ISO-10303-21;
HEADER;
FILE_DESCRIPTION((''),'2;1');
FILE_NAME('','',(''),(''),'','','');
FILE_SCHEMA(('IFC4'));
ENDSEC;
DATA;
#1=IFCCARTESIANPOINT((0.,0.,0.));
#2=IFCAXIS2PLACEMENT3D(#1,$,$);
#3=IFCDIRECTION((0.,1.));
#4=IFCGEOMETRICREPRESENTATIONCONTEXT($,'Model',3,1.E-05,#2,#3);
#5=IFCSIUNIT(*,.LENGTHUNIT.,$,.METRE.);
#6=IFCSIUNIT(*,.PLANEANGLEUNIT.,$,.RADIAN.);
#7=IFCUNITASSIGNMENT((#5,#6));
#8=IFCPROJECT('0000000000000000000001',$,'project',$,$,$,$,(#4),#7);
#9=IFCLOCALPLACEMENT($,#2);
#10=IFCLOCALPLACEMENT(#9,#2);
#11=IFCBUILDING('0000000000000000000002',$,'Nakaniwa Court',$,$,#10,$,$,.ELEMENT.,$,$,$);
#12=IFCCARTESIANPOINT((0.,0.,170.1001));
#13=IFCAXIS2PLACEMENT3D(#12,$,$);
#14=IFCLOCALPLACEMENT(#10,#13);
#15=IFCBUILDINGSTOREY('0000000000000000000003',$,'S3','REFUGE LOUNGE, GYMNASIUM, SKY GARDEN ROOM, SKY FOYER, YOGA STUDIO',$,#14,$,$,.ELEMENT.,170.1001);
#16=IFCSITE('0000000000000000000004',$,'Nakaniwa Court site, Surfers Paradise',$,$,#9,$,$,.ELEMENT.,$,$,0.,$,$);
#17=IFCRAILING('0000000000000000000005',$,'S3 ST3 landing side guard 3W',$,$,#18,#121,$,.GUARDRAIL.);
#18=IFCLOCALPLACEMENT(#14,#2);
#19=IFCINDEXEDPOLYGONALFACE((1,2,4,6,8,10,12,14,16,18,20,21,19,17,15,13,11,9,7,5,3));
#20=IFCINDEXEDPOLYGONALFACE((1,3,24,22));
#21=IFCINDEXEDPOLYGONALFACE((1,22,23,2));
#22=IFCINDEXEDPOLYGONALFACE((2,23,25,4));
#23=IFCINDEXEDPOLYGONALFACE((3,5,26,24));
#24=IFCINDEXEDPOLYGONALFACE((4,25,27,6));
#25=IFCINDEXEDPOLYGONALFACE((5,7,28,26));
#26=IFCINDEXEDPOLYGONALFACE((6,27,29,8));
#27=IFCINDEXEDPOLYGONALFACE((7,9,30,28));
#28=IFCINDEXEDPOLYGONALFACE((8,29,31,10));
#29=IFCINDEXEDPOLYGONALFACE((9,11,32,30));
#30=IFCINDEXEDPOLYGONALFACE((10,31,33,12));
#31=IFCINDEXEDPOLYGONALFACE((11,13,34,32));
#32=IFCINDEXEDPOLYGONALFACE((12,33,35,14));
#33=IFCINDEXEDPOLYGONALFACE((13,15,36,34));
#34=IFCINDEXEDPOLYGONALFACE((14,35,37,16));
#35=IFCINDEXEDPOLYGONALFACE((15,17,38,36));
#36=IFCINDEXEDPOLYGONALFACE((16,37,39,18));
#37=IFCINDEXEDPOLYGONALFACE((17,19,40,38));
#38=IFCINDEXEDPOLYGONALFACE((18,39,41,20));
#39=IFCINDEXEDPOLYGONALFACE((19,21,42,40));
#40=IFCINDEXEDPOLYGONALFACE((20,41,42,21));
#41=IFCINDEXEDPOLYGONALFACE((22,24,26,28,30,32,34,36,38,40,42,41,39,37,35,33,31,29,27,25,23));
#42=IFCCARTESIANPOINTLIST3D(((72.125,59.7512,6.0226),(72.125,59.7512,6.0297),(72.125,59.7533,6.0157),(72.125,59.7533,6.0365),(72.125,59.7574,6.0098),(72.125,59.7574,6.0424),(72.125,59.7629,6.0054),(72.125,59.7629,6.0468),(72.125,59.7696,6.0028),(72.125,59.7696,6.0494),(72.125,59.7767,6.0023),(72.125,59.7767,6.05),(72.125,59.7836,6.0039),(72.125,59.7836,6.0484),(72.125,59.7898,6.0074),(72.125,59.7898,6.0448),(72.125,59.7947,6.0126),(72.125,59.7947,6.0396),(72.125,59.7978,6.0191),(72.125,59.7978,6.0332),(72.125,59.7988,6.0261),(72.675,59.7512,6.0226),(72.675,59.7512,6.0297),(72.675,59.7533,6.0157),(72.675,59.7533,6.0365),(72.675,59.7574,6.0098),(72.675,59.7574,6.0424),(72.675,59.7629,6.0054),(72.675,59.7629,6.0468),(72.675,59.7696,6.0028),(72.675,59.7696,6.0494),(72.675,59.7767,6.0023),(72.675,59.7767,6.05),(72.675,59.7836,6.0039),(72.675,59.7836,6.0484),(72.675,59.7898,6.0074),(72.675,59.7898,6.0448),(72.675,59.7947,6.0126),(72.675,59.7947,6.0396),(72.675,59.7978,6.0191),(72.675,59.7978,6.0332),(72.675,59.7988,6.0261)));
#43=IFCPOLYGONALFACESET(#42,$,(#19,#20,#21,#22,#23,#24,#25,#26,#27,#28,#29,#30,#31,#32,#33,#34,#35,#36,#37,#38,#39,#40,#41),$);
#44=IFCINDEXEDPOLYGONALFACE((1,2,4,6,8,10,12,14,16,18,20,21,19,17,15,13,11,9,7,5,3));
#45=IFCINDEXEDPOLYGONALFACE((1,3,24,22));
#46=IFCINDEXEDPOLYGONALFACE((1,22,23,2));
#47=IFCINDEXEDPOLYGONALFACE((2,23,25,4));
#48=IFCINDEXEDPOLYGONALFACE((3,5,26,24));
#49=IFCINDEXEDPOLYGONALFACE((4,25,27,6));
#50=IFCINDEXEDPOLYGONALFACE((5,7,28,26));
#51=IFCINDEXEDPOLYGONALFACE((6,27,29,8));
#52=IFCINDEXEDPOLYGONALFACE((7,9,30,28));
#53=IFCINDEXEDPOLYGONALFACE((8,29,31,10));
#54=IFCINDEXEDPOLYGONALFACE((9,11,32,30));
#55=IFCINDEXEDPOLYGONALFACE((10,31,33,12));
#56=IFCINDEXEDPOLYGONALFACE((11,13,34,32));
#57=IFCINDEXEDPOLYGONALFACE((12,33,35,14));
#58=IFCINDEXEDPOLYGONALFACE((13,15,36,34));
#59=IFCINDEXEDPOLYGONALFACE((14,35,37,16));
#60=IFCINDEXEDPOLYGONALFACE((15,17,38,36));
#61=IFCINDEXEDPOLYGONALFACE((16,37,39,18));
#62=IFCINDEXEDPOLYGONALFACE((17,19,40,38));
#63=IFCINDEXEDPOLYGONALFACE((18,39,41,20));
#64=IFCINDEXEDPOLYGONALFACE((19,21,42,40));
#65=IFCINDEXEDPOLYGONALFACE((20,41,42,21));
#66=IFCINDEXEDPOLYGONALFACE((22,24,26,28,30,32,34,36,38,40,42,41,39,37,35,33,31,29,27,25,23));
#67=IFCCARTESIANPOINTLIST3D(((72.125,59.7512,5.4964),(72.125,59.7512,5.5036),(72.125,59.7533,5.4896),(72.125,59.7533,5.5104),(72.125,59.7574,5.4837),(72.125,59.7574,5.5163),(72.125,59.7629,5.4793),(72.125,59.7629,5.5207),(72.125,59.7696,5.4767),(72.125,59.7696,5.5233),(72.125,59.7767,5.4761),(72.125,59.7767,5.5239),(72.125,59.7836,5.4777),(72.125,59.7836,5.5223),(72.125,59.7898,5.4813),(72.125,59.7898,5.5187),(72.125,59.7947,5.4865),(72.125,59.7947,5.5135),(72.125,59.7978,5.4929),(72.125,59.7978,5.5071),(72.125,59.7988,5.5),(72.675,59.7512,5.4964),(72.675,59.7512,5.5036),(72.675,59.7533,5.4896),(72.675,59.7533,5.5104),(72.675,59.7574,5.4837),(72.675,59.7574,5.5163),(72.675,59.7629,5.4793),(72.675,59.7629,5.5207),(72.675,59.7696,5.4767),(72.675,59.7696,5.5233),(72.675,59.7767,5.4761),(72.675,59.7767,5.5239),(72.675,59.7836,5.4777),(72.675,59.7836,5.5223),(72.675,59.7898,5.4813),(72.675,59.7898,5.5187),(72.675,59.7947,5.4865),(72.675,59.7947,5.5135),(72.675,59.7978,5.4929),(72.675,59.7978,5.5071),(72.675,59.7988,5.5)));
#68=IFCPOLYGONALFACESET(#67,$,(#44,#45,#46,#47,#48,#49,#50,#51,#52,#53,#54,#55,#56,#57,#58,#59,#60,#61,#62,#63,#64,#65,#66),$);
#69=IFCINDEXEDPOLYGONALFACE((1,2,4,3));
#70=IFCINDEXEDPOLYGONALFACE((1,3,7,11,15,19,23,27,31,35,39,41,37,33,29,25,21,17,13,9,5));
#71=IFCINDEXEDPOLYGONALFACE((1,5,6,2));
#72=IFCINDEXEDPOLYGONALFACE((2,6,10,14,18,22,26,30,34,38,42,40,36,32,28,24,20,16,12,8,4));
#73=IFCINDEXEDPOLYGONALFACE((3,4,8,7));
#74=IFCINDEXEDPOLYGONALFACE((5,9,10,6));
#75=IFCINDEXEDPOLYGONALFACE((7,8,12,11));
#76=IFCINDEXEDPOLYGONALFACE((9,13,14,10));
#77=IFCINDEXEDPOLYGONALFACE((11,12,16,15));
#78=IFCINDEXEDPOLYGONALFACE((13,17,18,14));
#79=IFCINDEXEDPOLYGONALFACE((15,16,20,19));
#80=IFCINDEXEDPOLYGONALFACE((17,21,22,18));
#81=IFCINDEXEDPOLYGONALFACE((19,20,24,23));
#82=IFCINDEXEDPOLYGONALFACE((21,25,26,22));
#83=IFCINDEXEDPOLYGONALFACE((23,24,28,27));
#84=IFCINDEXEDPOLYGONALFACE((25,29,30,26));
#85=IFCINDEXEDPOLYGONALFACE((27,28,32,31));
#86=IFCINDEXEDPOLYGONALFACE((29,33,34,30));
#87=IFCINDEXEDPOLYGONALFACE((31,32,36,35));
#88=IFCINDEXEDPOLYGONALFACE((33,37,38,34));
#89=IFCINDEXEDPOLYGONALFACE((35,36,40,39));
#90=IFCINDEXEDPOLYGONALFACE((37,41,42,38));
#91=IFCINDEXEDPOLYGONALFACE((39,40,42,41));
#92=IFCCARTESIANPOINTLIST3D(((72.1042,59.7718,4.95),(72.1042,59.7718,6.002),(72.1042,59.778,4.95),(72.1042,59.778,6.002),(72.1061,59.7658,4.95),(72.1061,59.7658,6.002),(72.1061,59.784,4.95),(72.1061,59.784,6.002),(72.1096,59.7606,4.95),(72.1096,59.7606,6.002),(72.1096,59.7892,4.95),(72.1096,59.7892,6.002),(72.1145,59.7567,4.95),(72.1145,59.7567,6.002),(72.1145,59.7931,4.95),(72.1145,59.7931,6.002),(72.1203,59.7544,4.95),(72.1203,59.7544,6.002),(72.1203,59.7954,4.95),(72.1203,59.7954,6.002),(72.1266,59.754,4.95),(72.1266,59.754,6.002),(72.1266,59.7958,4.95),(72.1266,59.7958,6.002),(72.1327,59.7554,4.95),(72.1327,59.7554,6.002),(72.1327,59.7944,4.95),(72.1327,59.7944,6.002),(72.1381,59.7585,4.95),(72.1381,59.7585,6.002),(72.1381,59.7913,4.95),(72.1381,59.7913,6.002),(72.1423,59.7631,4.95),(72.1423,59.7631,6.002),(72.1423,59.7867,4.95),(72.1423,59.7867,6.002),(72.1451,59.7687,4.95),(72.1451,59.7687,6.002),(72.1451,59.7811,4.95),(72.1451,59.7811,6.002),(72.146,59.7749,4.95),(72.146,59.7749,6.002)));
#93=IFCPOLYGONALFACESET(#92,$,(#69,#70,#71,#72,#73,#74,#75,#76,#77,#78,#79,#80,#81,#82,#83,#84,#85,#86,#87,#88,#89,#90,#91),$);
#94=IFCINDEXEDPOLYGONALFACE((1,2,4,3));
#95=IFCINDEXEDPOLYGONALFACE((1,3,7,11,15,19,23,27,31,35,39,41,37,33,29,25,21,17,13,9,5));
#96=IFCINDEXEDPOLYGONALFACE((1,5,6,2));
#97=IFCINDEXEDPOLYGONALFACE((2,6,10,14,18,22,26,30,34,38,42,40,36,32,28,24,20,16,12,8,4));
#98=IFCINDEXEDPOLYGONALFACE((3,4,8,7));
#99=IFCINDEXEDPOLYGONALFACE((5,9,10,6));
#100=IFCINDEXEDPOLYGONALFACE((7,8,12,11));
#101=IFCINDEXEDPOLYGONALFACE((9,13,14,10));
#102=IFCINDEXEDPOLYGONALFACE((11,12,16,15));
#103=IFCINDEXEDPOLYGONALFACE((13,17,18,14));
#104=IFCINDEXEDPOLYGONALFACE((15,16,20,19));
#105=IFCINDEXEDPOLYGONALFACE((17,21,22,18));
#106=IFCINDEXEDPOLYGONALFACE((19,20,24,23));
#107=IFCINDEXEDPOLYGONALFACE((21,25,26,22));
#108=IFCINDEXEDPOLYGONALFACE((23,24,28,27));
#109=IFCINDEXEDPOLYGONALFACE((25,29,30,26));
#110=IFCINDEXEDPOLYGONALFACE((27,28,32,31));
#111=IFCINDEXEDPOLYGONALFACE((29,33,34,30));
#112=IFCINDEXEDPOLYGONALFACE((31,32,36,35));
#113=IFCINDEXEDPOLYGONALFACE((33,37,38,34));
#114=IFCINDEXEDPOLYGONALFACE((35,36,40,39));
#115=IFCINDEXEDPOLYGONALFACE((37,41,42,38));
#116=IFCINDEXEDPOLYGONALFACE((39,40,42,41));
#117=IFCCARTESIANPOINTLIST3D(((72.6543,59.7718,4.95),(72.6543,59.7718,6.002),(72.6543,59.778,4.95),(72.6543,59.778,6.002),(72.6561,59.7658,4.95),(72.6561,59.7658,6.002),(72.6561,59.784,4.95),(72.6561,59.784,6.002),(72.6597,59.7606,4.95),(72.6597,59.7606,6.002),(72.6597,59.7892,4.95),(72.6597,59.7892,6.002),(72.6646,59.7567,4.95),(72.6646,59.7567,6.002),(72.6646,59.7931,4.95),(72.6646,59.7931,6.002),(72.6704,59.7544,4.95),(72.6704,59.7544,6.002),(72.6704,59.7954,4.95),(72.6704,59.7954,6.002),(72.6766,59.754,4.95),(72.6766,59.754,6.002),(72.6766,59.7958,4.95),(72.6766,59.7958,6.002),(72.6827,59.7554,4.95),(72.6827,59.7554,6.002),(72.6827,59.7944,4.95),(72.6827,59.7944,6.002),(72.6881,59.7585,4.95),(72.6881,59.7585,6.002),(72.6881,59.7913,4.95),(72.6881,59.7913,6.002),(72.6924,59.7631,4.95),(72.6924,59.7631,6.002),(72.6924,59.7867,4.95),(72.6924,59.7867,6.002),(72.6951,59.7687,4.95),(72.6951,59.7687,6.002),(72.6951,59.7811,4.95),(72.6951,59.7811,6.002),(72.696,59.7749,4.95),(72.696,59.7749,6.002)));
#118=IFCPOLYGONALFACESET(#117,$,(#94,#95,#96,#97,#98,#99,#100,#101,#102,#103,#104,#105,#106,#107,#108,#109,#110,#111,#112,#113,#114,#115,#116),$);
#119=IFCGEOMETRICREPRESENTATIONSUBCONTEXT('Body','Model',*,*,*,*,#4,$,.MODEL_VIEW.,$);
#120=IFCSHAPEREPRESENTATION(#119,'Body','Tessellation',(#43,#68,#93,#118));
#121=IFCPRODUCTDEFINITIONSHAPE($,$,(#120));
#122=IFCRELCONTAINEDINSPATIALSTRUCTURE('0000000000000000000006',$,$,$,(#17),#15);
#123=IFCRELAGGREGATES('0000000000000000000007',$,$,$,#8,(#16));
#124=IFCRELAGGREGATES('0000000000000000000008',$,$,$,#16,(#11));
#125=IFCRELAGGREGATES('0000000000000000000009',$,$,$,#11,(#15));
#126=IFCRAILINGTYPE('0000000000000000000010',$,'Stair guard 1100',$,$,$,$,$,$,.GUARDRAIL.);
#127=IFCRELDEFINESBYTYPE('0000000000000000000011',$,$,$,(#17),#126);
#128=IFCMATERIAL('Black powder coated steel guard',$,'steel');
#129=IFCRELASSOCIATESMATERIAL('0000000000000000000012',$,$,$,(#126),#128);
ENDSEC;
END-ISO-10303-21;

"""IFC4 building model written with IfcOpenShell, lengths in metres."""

from ifc_helpers import new_model, si_unit, direction, frame, origin, origin_2d, place, context, subcontext, project, spatial, circle, extrude, material, type_object, element, save


model = new_model("IFC4")

# Units and contexts
model_context = context("Model", 3, precision=1e-05, world=origin(), true_north=direction((0.0, 1.0)))
body_context = subcontext(model_context, "Body", "Model", "MODEL_VIEW")
ifc_project = project(units=[si_unit("LENGTHUNIT", "METRE"), si_unit("PLANEANGLEUNIT", "RADIAN")], contexts=[model_context])

# Site, building, storey
site_placement = place(None, origin())
site = spatial("IfcSite", under=ifc_project, at=site_placement, Name="Nakaniwa Court site, Surfers Paradise", CompositionType="ELEMENT", RefElevation=0.0)
building_placement = place(site_placement, origin())
building = spatial("IfcBuilding", under=site, at=building_placement, Name="Nakaniwa Court", CompositionType="ELEMENT")
storey_placement = place(building_placement, frame((0.0, 0.0, 170.1001)))
storey = spatial("IfcBuildingStorey", under=building, at=storey_placement, Name="S3", Description="REFUGE LOUNGE, GYMNASIUM, SKY GARDEN ROOM, SKY FOYER, YOGA STUDIO", CompositionType="ELEMENT", Elevation=170.1001)

# Railing
ifc_material_1 = material(Name="Black powder coated steel guard", Category="steel")
railing_type_1 = type_object("IfcRailingType", Name="Stair guard 1100", PredefinedType="GUARDRAIL", material=ifc_material_1)
railing_1_placement = place(storey_placement, frame((72.125, 59.7749, 4.95)))
element("IfcRailing", 1, at=railing_1_placement, inside=storey, type_object=railing_type_1, Name="S3 ST3 landing side guard 3W", PredefinedType="GUARDRAIL", context=body_context, shape_type="SweptSolid", body=[
    extrude(circle(Radius=0.0239, at=origin_2d()), frame((0.0, 0.0, 1.0762), z_axis=(1.0, 0.0, 0.0), x_axis=(0.0, 1.0, 0.0)), (0.0, 0.0, 1.0), 0.55),
    extrude(circle(Radius=0.0239, at=origin_2d()), frame((0.0, 0.0, 0.55), z_axis=(1.0, 0.0, 0.0), x_axis=(0.0, 1.0, 0.0)), (0.0, 0.0, 1.0), 0.55),
    extrude(circle(Radius=0.021, at=origin_2d()), origin(), (0.0, 0.0, 1.0), 1.052),
    extrude(circle(Radius=0.021, at=origin_2d()), frame((0.55, 0.0, 0.0)), (0.0, 0.0, 1.0), 1.052),
])

save(model, "model.ifc")
